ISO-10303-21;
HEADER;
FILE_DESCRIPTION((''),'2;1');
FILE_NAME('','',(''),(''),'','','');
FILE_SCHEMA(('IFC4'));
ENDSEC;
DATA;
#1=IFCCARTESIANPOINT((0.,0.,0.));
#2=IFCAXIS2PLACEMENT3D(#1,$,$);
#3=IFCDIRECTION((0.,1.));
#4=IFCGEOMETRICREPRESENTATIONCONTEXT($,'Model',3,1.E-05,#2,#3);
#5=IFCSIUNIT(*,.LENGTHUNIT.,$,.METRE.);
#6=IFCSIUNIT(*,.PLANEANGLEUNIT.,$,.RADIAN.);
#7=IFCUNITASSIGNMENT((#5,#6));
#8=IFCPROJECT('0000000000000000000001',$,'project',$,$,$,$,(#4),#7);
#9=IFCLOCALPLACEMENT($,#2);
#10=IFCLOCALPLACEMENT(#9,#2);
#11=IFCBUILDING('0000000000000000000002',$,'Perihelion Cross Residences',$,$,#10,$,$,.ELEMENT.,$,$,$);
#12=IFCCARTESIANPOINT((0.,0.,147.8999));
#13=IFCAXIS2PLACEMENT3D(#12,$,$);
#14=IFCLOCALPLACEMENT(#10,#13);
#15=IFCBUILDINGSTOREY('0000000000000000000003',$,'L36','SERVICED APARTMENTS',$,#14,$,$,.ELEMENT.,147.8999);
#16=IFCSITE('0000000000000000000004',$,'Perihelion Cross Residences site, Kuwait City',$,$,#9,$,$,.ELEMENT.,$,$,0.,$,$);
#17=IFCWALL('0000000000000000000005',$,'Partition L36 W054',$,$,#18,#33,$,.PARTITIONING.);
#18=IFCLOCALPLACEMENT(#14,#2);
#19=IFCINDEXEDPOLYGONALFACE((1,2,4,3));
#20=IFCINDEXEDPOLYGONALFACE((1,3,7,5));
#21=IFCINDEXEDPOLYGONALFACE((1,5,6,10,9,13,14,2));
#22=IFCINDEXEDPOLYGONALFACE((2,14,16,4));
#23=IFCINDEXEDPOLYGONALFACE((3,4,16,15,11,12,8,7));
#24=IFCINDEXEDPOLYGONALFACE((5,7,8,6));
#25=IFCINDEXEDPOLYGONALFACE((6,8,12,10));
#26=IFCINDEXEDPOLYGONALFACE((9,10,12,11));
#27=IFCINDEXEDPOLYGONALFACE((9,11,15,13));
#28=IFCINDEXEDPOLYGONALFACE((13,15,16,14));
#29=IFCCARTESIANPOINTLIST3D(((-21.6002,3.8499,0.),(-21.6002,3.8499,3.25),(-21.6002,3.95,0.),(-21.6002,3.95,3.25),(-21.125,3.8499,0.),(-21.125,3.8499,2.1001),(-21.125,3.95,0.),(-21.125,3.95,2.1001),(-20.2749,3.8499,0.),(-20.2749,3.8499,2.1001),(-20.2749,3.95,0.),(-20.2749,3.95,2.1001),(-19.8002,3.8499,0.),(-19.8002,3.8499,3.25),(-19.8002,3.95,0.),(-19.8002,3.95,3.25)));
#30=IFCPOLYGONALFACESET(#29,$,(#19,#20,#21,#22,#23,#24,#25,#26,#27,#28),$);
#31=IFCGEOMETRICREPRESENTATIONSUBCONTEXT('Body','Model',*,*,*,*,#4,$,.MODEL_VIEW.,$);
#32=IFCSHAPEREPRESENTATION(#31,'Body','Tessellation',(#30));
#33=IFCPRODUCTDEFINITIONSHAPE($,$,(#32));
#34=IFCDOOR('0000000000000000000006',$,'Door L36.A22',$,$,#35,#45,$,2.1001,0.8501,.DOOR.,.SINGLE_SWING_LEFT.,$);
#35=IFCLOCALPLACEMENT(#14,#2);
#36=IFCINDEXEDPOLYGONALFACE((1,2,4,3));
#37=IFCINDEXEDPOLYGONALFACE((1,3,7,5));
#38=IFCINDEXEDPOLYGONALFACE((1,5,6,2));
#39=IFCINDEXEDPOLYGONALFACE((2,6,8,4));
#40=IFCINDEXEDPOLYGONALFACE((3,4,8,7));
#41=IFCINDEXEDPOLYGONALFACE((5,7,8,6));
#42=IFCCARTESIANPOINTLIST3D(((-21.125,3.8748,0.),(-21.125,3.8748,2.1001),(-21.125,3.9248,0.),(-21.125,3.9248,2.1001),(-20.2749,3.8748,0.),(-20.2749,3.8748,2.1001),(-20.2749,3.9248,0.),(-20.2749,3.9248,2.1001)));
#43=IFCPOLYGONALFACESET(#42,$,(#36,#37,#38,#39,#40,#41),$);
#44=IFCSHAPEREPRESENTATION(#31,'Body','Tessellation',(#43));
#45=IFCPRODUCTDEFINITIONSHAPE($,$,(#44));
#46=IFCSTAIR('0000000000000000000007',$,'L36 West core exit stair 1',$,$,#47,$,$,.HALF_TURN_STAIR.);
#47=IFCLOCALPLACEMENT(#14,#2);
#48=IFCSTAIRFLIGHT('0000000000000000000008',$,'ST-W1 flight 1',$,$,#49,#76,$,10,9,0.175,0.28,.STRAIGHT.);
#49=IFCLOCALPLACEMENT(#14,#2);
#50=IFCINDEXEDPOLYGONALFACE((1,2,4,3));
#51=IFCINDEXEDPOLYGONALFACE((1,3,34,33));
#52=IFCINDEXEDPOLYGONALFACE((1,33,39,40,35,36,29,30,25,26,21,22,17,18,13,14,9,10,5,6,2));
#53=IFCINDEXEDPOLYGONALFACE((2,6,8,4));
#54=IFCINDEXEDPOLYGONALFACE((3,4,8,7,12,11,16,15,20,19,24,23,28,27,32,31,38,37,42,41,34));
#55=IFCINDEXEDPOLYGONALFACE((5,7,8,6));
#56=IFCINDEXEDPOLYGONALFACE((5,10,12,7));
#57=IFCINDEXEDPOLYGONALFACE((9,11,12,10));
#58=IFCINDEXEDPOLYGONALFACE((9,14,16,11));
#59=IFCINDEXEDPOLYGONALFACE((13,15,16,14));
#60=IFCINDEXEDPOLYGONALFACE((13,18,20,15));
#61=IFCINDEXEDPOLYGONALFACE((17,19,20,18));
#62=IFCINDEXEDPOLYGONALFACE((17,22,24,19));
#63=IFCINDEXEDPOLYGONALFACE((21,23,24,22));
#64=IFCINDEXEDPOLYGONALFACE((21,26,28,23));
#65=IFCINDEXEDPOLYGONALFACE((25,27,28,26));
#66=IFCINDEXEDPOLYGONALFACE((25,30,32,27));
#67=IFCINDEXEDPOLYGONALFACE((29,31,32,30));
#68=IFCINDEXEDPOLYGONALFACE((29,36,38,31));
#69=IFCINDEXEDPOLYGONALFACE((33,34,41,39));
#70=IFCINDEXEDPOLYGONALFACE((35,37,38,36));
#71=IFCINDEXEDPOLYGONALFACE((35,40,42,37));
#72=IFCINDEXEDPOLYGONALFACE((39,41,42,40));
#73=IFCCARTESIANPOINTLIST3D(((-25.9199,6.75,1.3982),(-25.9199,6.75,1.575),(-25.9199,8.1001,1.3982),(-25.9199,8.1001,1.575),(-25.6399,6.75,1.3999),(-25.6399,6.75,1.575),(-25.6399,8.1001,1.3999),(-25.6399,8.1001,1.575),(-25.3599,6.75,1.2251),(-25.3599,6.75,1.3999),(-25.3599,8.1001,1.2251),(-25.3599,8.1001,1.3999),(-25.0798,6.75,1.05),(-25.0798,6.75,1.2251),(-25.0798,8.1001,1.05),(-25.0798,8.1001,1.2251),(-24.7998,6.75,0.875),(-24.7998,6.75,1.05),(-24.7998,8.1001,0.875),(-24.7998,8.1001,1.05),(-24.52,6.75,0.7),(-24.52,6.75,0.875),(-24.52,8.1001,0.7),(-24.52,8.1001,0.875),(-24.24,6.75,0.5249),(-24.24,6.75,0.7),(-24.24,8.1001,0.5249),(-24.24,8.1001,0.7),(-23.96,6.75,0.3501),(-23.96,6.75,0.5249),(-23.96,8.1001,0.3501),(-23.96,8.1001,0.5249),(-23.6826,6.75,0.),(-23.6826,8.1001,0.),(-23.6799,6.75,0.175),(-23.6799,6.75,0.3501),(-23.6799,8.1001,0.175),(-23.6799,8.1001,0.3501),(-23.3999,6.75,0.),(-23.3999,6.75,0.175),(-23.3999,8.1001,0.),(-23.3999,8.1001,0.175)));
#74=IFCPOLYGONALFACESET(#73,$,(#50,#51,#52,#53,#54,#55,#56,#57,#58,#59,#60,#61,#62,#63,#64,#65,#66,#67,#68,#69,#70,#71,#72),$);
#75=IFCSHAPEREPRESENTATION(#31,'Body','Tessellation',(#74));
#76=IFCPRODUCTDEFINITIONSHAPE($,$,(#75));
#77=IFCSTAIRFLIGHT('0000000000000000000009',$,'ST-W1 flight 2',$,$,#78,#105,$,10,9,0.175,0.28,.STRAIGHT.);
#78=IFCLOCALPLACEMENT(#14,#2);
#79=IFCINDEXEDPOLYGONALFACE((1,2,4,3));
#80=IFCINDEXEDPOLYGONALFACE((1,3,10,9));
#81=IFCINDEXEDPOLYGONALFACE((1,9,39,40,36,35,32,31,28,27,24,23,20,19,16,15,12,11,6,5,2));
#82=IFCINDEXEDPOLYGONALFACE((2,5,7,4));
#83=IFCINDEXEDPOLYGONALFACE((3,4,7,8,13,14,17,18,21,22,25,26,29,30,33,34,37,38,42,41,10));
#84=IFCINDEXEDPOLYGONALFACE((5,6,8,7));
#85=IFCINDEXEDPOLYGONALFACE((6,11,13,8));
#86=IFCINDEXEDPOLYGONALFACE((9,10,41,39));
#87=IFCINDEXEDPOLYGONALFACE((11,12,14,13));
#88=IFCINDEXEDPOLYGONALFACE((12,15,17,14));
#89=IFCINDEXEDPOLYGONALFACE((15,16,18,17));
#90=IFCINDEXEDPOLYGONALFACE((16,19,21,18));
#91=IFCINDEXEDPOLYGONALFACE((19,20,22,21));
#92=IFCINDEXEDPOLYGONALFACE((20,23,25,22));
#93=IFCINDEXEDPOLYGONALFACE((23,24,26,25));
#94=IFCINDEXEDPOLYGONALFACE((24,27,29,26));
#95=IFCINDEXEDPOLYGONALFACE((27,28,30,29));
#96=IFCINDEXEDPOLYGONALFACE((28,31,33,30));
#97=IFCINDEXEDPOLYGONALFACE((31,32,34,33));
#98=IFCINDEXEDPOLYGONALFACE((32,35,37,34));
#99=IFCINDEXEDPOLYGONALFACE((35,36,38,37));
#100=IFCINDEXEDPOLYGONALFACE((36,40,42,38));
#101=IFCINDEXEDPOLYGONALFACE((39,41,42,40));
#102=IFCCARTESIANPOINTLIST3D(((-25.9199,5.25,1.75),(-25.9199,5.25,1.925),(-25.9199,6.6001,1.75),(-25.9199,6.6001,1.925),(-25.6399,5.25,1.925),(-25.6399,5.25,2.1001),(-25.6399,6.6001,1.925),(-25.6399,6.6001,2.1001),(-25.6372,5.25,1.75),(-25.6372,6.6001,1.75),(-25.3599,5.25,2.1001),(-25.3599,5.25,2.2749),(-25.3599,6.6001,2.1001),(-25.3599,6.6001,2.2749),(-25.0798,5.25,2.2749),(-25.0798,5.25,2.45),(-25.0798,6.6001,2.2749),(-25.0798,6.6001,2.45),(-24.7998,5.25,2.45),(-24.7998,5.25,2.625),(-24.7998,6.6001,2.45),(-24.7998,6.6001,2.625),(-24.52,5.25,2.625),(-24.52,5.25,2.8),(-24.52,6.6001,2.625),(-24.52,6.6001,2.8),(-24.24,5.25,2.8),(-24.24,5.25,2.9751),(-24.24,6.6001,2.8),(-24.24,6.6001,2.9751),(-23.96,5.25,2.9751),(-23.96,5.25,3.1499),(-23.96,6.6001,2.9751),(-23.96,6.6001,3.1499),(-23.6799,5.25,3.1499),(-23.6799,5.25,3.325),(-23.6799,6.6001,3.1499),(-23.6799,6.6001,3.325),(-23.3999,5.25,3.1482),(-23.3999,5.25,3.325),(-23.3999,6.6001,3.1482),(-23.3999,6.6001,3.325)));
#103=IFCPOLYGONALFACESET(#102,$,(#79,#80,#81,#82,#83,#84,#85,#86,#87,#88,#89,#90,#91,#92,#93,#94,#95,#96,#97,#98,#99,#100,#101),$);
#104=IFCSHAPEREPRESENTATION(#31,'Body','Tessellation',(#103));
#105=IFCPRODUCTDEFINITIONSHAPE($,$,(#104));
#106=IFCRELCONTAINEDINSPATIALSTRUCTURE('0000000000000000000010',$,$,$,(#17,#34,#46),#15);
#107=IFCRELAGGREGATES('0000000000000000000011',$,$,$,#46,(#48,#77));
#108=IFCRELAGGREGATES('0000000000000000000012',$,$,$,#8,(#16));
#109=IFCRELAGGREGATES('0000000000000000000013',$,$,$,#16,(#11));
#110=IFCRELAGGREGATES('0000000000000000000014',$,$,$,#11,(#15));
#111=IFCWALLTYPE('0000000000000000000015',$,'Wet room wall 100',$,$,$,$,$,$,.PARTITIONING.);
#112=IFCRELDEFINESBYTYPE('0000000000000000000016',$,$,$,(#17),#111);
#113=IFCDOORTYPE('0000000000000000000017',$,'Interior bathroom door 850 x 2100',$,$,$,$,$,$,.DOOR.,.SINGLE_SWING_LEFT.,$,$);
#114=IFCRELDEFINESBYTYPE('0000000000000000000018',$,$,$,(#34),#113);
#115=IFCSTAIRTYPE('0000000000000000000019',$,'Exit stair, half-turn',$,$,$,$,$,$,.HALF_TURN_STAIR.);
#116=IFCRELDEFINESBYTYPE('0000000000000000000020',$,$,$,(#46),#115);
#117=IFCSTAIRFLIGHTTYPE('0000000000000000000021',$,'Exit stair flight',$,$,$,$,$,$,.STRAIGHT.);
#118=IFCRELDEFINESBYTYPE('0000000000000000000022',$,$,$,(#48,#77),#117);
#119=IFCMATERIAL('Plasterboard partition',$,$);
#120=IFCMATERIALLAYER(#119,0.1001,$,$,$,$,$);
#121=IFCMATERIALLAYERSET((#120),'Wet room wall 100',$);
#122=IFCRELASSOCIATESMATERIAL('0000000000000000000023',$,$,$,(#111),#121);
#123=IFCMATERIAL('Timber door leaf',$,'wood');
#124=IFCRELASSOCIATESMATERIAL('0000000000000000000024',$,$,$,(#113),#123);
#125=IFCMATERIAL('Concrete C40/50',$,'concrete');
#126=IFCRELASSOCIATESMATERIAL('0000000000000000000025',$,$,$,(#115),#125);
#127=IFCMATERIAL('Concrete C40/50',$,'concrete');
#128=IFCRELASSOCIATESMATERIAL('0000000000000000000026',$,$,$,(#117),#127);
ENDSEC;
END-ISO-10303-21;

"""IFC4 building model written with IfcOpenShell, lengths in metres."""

from ifc_helpers import new_model, si_unit, direction, frame, frame_2d, origin, place, context, subcontext, project, spatial, polyline, rectangle, outline, extrude, material, layer, layer_set, type_object, element, fill, aggregate, save


model = new_model("IFC4")

# Units and contexts
model_context = context("Model", 3, precision=1e-05, world=origin(), true_north=direction((0.0, 1.0)))
body_context = subcontext(model_context, "Body", "Model", "MODEL_VIEW")
ifc_project = project(units=[si_unit("LENGTHUNIT", "METRE"), si_unit("PLANEANGLEUNIT", "RADIAN")], contexts=[model_context])

# Site, building, storey
site_placement = place(None, origin())
site = spatial("IfcSite", under=ifc_project, at=site_placement, Name="Perihelion Cross Residences site, Kuwait City", CompositionType="ELEMENT", RefElevation=0.0)
building_placement = place(site_placement, origin())
building = spatial("IfcBuilding", under=site, at=building_placement, Name="Perihelion Cross Residences", CompositionType="ELEMENT")
storey_placement = place(building_placement, frame((0.0, 0.0, 147.8999)))
storey = spatial("IfcBuildingStorey", under=building, at=storey_placement, Name="L36", Description="SERVICED APARTMENTS", CompositionType="ELEMENT", Elevation=147.8999)

# Shared definitions
ifc_material_1 = material(Name="Plasterboard partition")
ifc_layer_1 = layer(ifc_material_1, 0.1001)
ifc_layer_set_1 = layer_set([ifc_layer_1], Name="Wet room wall 100")
wall_type_1 = type_object("IfcWallType", Name="Wet room wall 100", PredefinedType="PARTITIONING", material=ifc_layer_set_1)

# Wall, opening, door
wall_1_placement = place(storey_placement, frame((-21.6001, 3.8999, 0.0), z_axis=(0.0, 0.0, 1.0), x_axis=(1.0, 0.0, 0.0)))
wall_1 = element("IfcWall", 1, at=wall_1_placement, inside=storey, type_object=wall_type_1, Name="Partition L36 W054", PredefinedType="PARTITIONING", context=body_context, shape_type="SweptSolid", body=[
    extrude(rectangle(XDim=1.8, YDim=0.1001, at=frame_2d((0.8999, 0.0))), origin(), (0.0, 0.0, 1.0), 3.25),
])
opening_1_placement = place(wall_1_placement, frame((0.4751, 0.0, 0.0)))
opening_1 = element("IfcOpeningElement", 2, at=opening_1_placement, cuts=wall_1, PredefinedType="OPENING", context=body_context, shape_type="SweptSolid", body=[
    extrude(rectangle(XDim=0.8501, YDim=2.1001, at=frame_2d((0.425, 1.05))), frame((0.0, 0.0601, 0.0), z_axis=(0.0, -1.0, 0.0), x_axis=(1.0, 0.0, 0.0)), (0.0, 0.0, 1.0), 0.1201),
])
ifc_material_2 = material(Name="Timber door leaf", Category="wood")
door_type_1 = type_object("IfcDoorType", Name="Interior bathroom door 850 x 2100", OperationType="SINGLE_SWING_LEFT", PredefinedType="DOOR", material=ifc_material_2)
door_1_placement = place(opening_1_placement, origin())
door_1 = element("IfcDoor", 3, at=door_1_placement, inside=storey, type_object=door_type_1, Name="Door L36.A22", OperationType="SINGLE_SWING_LEFT", OverallHeight=2.1001, OverallWidth=0.8501, PredefinedType="DOOR", context=body_context, shape_type="SweptSolid", body=[
    extrude(rectangle(XDim=0.8501, YDim=2.1001, at=frame_2d((0.425, 1.05))), frame((0.0, 0.0249, 0.0), z_axis=(0.0, -1.0, 0.0), x_axis=(1.0, 0.0, 0.0)), (0.0, 0.0, 1.0), 0.05),
])
fill(opening_1, door_1)

# Stair, stair flights
ifc_material_3 = material(Name="Concrete C40/50", Category="concrete")
stair_type = type_object("IfcStairType", Name="Exit stair, half-turn", PredefinedType="HALF_TURN_STAIR", material=ifc_material_3)
stair_placement = place(storey_placement, origin())
stair = element("IfcStair", 4, at=stair_placement, inside=storey, type_object=stair_type, Name="L36 West core exit stair 1", PredefinedType="HALF_TURN_STAIR")
ifc_material_4 = material(Name="Concrete C40/50", Category="concrete")
stair_flight_type = type_object("IfcStairFlightType", Name="Exit stair flight", PredefinedType="STRAIGHT", material=ifc_material_4)
stair_flight_1_placement = place(storey_placement, frame((-23.3999, 7.425, 0.0), z_axis=(0.0, 0.0, 1.0), x_axis=(-1.0, 0.0, 0.0)))
stair_flight_1 = element("IfcStairFlight", 5, at=stair_flight_1_placement, type_object=stair_flight_type, Name="ST-W1 flight 1", NumberOfRisers=10, NumberOfTreads=9, PredefinedType="STRAIGHT", RiserHeight=0.175, TreadLength=0.28, context=body_context, shape_type="SweptSolid", body=[
    extrude(outline(polyline([(0.0, 0.0), (0.0, 0.175), (0.28, 0.175), (0.28, 0.3501), (0.5601, 0.3501), (0.5601, 0.5249), (0.8401, 0.5249), (0.8401, 0.7), (1.1201, 0.7), (1.1201, 0.875), (1.3999, 0.875), (1.3999, 1.05), (1.6799, 1.05), (1.6799, 1.2251), (1.96, 1.2251), (1.96, 1.3999), (2.24, 1.3999), (2.24, 1.575), (2.52, 1.575), (2.52, 1.75), (2.52, 1.3982), (0.2827, 0.0), (0.0, 0.0)])), frame((0.0, 0.675, 0.0), z_axis=(0.0, -1.0, 0.0), x_axis=(1.0, 0.0, 0.0)), (0.0, 0.0, 1.0), 1.3501),
])
stair_flight_2_placement = place(storey_placement, frame((-25.9199, 5.925, 1.75), z_axis=(0.0, 0.0, 1.0), x_axis=(1.0, 0.0, 0.0)))
stair_flight_2 = element("IfcStairFlight", 6, at=stair_flight_2_placement, type_object=stair_flight_type, Name="ST-W1 flight 2", NumberOfRisers=10, NumberOfTreads=9, PredefinedType="STRAIGHT", RiserHeight=0.175, TreadLength=0.28, context=body_context, shape_type="SweptSolid", body=[
    extrude(outline(polyline([(0.0, 0.0), (0.0, 0.175), (0.28, 0.175), (0.28, 0.3501), (0.5601, 0.3501), (0.5601, 0.5249), (0.8401, 0.5249), (0.8401, 0.7), (1.1201, 0.7), (1.1201, 0.875), (1.3999, 0.875), (1.3999, 1.05), (1.6799, 1.05), (1.6799, 1.2251), (1.96, 1.2251), (1.96, 1.3999), (2.24, 1.3999), (2.24, 1.575), (2.52, 1.575), (2.52, 1.75), (2.52, 1.3982), (0.2827, 0.0), (0.0, 0.0)])), frame((0.0, 0.675, 0.0), z_axis=(0.0, -1.0, 0.0), x_axis=(1.0, 0.0, 0.0)), (0.0, 0.0, 1.0), 1.3501),
])
aggregate(stair, [stair_flight_1, stair_flight_2])

save(model, "model.ifc")
